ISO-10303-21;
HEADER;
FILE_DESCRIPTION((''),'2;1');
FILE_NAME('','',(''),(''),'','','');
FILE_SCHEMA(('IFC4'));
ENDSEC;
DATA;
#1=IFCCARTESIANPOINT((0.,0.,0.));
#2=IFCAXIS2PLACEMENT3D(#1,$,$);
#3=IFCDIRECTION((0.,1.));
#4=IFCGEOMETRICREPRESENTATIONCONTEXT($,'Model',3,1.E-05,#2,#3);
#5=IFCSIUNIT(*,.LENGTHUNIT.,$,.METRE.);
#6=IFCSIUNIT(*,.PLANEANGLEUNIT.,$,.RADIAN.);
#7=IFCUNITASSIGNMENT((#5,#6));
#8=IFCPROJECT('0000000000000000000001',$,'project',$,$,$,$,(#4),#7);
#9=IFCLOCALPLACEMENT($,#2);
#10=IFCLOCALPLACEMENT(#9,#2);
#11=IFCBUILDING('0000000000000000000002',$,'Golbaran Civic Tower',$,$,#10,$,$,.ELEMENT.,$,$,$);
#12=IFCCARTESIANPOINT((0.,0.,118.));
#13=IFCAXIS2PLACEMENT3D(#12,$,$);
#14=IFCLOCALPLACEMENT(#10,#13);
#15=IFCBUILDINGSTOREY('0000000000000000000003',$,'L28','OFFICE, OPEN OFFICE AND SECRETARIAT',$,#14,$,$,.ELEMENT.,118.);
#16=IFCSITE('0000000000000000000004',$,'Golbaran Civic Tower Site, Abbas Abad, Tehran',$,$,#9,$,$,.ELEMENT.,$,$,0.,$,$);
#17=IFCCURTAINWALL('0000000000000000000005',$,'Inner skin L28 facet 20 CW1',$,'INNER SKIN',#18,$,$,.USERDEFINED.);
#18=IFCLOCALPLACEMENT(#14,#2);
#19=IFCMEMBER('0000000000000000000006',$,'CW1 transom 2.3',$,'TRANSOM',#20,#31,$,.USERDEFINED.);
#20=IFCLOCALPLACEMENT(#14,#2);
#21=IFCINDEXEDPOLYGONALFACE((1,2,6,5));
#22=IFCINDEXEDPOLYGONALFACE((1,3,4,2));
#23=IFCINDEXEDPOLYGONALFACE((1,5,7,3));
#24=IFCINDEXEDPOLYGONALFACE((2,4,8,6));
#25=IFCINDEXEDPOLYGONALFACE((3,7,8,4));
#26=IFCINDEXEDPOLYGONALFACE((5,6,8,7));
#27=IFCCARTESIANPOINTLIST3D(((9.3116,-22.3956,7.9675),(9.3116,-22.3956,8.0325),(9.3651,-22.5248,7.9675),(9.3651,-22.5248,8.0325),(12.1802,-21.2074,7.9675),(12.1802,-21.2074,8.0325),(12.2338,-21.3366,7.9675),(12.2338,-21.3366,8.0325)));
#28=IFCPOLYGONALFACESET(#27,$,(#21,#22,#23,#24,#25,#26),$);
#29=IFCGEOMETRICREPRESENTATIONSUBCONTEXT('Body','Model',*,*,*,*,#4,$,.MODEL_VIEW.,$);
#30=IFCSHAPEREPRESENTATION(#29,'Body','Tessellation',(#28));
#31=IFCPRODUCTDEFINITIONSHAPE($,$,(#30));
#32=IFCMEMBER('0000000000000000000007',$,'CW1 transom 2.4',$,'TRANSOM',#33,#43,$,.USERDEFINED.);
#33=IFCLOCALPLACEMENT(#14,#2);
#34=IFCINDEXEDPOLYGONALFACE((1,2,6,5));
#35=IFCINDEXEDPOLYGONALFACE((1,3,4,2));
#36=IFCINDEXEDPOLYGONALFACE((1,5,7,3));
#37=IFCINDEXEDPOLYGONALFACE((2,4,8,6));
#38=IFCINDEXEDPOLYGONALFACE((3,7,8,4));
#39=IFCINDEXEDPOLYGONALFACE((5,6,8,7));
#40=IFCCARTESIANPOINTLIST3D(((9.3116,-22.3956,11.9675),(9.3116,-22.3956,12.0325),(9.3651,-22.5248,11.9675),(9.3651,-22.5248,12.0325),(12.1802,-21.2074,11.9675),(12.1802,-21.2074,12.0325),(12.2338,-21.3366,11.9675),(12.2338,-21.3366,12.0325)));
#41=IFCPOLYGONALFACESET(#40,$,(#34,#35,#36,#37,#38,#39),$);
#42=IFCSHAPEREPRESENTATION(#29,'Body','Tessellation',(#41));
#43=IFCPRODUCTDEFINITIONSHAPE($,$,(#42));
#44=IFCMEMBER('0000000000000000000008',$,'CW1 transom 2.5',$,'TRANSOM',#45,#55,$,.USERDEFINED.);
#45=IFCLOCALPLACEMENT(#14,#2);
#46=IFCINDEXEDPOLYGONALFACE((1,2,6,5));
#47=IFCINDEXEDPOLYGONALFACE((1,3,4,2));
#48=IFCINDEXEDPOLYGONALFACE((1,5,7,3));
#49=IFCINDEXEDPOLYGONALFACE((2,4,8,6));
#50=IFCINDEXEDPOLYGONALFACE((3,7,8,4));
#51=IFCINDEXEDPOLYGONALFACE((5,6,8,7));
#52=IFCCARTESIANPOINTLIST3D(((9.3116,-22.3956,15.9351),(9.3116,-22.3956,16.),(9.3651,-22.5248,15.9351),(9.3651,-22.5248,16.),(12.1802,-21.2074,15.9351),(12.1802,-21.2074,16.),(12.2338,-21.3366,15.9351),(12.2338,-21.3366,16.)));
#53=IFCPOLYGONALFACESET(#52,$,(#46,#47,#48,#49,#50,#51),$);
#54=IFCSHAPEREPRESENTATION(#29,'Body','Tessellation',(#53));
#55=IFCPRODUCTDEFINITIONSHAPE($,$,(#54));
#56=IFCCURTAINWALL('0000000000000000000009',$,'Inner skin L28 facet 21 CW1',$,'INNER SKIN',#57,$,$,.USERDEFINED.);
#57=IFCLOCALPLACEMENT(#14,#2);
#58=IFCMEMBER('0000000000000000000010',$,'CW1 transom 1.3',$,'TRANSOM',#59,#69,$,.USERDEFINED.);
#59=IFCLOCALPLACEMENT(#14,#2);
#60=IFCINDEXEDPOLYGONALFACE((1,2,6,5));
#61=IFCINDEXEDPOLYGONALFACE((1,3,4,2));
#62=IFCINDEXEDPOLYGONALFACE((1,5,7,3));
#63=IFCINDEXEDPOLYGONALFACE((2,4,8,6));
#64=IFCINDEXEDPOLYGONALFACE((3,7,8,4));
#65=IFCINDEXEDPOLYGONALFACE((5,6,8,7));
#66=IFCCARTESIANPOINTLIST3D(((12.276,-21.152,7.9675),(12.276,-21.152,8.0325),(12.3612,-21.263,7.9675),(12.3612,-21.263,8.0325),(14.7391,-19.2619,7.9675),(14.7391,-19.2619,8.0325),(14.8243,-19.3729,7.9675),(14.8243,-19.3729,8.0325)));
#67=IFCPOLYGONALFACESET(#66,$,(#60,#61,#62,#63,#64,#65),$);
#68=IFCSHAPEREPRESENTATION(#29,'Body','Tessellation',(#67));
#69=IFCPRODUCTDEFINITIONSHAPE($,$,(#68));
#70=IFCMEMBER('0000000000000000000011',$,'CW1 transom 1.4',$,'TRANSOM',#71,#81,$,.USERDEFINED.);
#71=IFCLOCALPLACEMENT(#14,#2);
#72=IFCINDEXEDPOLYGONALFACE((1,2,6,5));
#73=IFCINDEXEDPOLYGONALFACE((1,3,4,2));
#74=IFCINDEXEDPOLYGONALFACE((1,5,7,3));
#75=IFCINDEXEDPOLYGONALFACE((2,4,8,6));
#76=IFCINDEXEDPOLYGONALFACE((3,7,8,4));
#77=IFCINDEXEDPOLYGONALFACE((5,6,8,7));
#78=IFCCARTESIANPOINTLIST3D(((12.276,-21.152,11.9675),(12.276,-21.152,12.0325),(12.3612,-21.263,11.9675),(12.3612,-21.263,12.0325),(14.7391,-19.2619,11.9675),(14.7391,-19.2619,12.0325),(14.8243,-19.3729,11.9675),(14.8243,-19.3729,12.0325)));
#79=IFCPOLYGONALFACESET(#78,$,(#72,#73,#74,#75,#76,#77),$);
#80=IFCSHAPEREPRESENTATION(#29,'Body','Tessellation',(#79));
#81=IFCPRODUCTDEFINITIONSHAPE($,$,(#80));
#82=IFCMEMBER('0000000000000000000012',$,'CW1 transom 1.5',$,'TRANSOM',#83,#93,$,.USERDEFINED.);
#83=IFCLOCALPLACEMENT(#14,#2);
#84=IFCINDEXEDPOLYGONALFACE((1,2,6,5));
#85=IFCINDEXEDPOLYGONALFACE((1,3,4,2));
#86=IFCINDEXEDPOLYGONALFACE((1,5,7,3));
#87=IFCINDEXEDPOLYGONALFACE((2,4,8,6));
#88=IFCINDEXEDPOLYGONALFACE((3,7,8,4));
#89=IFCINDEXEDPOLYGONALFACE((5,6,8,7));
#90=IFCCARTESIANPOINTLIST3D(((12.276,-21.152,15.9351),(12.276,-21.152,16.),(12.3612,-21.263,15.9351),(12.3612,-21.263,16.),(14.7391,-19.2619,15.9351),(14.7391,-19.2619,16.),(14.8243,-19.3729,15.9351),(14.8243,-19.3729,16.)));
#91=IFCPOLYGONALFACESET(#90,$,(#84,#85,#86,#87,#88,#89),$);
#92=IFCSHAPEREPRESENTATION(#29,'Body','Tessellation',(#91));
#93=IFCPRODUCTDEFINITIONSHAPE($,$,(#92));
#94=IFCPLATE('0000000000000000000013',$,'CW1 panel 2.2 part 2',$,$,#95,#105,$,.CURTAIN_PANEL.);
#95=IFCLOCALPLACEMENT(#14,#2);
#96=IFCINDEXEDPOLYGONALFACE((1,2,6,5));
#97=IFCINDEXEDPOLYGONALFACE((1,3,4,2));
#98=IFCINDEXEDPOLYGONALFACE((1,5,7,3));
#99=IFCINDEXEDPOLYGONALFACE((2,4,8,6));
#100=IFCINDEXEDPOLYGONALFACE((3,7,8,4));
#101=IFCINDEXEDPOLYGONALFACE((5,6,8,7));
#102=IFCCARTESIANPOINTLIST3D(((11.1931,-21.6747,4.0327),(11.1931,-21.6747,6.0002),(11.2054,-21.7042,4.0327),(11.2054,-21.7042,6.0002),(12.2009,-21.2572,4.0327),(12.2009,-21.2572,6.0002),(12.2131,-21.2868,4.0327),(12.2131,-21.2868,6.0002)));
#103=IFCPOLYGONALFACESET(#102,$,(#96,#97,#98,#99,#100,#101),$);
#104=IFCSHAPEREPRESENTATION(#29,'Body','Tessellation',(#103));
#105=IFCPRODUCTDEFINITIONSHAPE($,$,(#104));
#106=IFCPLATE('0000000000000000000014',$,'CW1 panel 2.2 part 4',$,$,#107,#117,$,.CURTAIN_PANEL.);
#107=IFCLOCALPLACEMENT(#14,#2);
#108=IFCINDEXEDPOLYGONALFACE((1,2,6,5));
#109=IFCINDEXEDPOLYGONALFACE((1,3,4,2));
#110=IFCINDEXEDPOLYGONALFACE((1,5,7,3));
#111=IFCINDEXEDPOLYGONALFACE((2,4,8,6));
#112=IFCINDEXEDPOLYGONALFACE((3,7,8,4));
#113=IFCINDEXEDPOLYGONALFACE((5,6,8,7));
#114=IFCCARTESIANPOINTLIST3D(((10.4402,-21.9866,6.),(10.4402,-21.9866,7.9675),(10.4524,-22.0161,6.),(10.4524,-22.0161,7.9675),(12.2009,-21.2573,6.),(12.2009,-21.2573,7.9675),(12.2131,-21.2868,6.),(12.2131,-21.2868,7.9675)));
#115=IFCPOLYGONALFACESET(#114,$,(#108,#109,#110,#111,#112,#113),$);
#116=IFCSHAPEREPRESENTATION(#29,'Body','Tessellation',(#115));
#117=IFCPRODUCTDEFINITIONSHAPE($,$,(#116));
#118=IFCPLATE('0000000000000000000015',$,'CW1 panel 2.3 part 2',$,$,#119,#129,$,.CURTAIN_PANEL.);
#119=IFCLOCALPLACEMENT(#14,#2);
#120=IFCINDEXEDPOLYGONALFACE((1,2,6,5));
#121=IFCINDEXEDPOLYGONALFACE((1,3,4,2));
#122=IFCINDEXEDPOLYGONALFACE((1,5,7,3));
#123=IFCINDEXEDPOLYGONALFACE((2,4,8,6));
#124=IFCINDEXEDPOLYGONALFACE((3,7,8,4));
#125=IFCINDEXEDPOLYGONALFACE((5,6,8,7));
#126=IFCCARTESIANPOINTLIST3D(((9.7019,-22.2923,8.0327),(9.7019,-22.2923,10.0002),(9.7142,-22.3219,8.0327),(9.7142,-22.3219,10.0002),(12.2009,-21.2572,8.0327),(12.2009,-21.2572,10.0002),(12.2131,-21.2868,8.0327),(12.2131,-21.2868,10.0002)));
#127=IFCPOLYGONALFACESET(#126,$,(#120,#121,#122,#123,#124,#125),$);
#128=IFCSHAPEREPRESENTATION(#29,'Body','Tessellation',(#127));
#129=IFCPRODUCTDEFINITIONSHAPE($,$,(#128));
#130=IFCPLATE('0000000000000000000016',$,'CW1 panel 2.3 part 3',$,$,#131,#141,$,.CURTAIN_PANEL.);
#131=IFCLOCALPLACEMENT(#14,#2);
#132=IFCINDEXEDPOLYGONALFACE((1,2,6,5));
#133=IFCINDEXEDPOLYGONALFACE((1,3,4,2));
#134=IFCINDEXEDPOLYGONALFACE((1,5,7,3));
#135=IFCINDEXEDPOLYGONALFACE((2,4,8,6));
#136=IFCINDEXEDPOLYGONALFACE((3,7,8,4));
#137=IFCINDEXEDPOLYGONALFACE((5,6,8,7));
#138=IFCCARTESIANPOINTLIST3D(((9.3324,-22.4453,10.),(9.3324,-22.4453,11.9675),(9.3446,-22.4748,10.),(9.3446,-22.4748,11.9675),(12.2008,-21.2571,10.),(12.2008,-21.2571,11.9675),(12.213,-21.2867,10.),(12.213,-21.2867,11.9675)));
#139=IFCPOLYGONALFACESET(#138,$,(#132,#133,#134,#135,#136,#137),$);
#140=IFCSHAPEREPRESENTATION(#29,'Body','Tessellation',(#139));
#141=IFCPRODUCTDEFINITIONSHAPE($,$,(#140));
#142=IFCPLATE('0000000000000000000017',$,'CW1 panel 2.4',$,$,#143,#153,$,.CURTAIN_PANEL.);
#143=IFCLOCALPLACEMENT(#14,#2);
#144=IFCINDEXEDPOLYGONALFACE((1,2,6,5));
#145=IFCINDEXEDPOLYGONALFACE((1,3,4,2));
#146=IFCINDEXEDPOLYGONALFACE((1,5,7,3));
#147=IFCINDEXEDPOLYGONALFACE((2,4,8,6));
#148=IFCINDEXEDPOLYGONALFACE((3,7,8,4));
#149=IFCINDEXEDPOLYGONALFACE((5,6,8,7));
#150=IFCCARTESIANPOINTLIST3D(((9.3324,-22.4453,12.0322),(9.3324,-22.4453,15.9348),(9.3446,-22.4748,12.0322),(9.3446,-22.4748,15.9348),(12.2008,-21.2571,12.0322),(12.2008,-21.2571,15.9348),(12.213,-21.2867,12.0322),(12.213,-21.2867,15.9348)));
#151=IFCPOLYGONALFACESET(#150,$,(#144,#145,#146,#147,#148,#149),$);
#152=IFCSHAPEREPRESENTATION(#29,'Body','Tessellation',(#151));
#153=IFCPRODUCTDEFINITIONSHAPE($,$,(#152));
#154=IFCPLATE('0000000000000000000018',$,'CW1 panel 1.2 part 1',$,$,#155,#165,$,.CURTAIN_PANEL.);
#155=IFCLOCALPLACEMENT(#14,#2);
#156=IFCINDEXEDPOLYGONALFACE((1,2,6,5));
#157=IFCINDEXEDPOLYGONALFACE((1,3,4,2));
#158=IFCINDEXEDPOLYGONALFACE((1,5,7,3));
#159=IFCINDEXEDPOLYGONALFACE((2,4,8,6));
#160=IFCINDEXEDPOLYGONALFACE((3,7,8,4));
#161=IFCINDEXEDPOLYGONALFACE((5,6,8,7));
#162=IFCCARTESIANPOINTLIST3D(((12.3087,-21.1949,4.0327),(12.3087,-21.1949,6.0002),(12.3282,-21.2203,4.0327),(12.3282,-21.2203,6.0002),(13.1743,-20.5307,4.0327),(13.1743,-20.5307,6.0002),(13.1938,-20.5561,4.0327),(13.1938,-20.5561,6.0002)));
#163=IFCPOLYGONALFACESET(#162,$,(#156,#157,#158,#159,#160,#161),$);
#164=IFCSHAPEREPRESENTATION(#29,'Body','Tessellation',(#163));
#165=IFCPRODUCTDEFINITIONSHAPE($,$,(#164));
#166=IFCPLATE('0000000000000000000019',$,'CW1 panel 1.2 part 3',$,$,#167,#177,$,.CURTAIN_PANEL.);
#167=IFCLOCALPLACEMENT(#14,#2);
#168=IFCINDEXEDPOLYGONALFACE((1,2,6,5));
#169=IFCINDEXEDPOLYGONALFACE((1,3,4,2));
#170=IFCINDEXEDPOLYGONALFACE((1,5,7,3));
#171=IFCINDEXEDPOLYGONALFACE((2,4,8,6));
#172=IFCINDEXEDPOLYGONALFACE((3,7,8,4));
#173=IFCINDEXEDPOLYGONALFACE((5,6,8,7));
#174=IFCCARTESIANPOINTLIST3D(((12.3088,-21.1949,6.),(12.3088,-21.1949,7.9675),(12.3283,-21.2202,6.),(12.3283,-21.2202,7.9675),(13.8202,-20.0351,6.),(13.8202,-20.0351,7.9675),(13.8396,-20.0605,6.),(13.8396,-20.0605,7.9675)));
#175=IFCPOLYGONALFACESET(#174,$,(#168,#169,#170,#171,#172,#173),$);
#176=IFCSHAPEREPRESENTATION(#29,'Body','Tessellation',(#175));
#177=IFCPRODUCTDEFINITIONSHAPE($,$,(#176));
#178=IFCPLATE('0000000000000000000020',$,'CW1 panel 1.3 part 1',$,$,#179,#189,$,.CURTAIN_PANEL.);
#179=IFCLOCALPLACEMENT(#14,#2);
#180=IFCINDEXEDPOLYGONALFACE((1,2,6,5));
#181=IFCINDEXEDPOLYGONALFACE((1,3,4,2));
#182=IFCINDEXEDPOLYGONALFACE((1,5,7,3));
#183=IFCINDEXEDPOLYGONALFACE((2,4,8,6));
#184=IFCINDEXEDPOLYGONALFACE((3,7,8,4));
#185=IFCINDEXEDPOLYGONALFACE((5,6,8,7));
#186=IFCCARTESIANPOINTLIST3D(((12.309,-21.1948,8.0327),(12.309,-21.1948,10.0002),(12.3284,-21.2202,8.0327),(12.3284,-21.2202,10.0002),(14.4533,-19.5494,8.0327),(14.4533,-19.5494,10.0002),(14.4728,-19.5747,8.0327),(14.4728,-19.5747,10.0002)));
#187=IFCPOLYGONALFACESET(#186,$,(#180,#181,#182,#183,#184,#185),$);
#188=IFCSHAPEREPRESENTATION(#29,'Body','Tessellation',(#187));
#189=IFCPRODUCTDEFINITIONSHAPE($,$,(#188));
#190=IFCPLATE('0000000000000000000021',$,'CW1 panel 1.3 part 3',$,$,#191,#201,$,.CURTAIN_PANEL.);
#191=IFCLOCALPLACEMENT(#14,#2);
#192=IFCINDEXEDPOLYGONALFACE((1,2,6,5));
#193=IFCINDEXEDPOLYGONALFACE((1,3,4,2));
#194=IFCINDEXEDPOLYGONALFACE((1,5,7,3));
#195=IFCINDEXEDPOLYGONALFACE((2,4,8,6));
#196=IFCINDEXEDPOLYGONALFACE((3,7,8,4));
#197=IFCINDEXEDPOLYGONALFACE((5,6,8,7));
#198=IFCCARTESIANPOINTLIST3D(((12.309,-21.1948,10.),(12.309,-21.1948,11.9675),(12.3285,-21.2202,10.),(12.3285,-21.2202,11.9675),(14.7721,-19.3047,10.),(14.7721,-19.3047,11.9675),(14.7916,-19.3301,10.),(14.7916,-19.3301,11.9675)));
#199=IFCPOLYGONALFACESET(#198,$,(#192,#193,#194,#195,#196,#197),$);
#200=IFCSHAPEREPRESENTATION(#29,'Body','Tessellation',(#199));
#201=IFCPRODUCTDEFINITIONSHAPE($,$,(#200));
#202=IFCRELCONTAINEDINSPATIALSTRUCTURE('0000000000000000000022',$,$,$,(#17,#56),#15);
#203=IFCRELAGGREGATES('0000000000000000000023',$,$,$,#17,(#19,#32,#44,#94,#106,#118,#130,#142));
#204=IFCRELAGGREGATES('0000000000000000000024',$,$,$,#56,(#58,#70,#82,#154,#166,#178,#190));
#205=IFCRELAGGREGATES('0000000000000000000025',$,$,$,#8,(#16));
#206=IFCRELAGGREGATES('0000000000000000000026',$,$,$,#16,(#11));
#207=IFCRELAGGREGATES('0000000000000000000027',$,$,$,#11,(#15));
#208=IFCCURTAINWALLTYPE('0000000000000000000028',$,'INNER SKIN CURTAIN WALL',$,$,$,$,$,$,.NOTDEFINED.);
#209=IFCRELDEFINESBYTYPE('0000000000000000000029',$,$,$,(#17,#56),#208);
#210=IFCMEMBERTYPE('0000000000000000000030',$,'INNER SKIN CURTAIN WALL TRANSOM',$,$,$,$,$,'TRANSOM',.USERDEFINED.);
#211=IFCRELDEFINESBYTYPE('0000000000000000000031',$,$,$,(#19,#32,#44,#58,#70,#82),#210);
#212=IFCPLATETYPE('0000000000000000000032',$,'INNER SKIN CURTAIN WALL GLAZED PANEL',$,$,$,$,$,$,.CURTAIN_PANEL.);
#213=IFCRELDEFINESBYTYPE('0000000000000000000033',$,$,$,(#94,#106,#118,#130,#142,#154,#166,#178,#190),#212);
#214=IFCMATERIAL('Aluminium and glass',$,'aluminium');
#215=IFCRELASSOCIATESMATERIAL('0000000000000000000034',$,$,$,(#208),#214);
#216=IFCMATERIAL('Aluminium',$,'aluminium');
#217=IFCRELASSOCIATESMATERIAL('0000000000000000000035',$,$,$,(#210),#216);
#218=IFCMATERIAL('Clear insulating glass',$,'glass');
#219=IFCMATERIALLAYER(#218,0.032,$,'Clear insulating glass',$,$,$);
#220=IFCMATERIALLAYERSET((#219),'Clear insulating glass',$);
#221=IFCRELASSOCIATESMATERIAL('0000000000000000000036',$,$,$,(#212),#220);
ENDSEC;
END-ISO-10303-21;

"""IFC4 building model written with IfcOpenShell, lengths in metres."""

from ifc_helpers import new_model, si_unit, direction, frame, origin, origin_2d, place, context, subcontext, project, spatial, rectangle, extrude, material, layer, layer_set, material_profile, profile_set, type_object, element, aggregate, save


model = new_model("IFC4")

# Units and contexts
model_context = context("Model", 3, precision=1e-05, world=origin(), true_north=direction((0.0, 1.0)))
body_context = subcontext(model_context, "Body", "Model", "MODEL_VIEW")
ifc_project = project(units=[si_unit("LENGTHUNIT", "METRE"), si_unit("PLANEANGLEUNIT", "RADIAN")], contexts=[model_context])

# Site, building, storey
site_placement = place(None, origin())
site = spatial("IfcSite", under=ifc_project, at=site_placement, Name="Golbaran Civic Tower Site, Abbas Abad, Tehran", CompositionType="ELEMENT", RefElevation=0.0)
building_placement = place(site_placement, origin())
building = spatial("IfcBuilding", under=site, at=building_placement, Name="Golbaran Civic Tower", CompositionType="ELEMENT")
storey_placement = place(building_placement, frame((0.0, 0.0, 118.0)))
storey = spatial("IfcBuildingStorey", under=building, at=storey_placement, Name="L28", Description="OFFICE, OPEN OFFICE AND SECRETARIAT", CompositionType="ELEMENT", Elevation=118.0)

# Curtain walls, members
ifc_material_1 = material(Name="Aluminium and glass", Category="aluminium")
curtain_wall_type = type_object("IfcCurtainWallType", Name="INNER SKIN CURTAIN WALL", PredefinedType="NOTDEFINED", material=ifc_material_1)
curtain_wall_1_placement = place(storey_placement, origin())
curtain_wall_1 = element("IfcCurtainWall", 1, at=curtain_wall_1_placement, inside=storey, type_object=curtain_wall_type, Name="Inner skin L28 facet 20 CW1", ObjectType="INNER SKIN", PredefinedType="USERDEFINED")
ifc_material_2 = material(Name="Aluminium", Category="aluminium")
ifc_material_profile = material_profile(ifc_material_2, rectangle(XDim=0.1399, YDim=0.0649, at=origin_2d()), Name="INNER SKIN CURTAIN WALL TRANSOM")
ifc_profile_set = profile_set([ifc_material_profile], Name="Aluminium")
member_type = type_object("IfcMemberType", Name="INNER SKIN CURTAIN WALL TRANSOM", ElementType="TRANSOM", PredefinedType="USERDEFINED", material=ifc_profile_set)
member_1_placement = place(storey_placement, frame((9.3384, -22.4602, 8.0), z_axis=(0.92388, 0.382683, 0.0), x_axis=(-0.382683, 0.92388, 0.0)))
member_1 = element("IfcMember", 2, at=member_1_placement, type_object=member_type, Name="CW1 transom 2.3", ObjectType="TRANSOM", PredefinedType="USERDEFINED", context=body_context, shape_type="SweptSolid", body=[
    extrude(rectangle(XDim=0.1399, YDim=0.0649, at=origin_2d()), origin(), (0.0, 0.0, 1.0), 3.105),
])
member_2_placement = place(storey_placement, frame((9.3384, -22.4602, 12.0), z_axis=(0.92388, 0.382683, 0.0), x_axis=(-0.382683, 0.92388, 0.0)))
member_2 = element("IfcMember", 3, at=member_2_placement, type_object=member_type, Name="CW1 transom 2.4", ObjectType="TRANSOM", PredefinedType="USERDEFINED", context=body_context, shape_type="SweptSolid", body=[
    extrude(rectangle(XDim=0.1399, YDim=0.0649, at=origin_2d()), origin(), (0.0, 0.0, 1.0), 3.105),
])
member_3_placement = place(storey_placement, frame((9.3384, -22.4602, 15.9675), z_axis=(0.92388, 0.382683, 0.0), x_axis=(-0.382683, 0.92388, 0.0)))
member_3 = element("IfcMember", 4, at=member_3_placement, type_object=member_type, Name="CW1 transom 2.5", ObjectType="TRANSOM", PredefinedType="USERDEFINED", context=body_context, shape_type="SweptSolid", body=[
    extrude(rectangle(XDim=0.1399, YDim=0.0649, at=origin_2d()), origin(), (0.0, 0.0, 1.0), 3.105),
])
curtain_wall_2_placement = place(storey_placement, origin())
curtain_wall_2 = element("IfcCurtainWall", 5, at=curtain_wall_2_placement, inside=storey, type_object=curtain_wall_type, Name="Inner skin L28 facet 21 CW1", ObjectType="INNER SKIN", PredefinedType="USERDEFINED")
member_4_placement = place(storey_placement, frame((12.3186, -21.2075, 8.0), z_axis=(0.793337, 0.608783, 0.0), x_axis=(-0.608783, 0.793337, 0.0)))
member_4 = element("IfcMember", 6, at=member_4_placement, type_object=member_type, Name="CW1 transom 1.3", ObjectType="TRANSOM", PredefinedType="USERDEFINED", context=body_context, shape_type="SweptSolid", body=[
    extrude(rectangle(XDim=0.1399, YDim=0.0649, at=origin_2d()), origin(), (0.0, 0.0, 1.0), 3.1047),
])
member_5_placement = place(storey_placement, frame((12.3186, -21.2075, 12.0), z_axis=(0.793337, 0.608783, 0.0), x_axis=(-0.608783, 0.793337, 0.0)))
member_5 = element("IfcMember", 7, at=member_5_placement, type_object=member_type, Name="CW1 transom 1.4", ObjectType="TRANSOM", PredefinedType="USERDEFINED", context=body_context, shape_type="SweptSolid", body=[
    extrude(rectangle(XDim=0.1399, YDim=0.0649, at=origin_2d()), origin(), (0.0, 0.0, 1.0), 3.1047),
])
member_6_placement = place(storey_placement, frame((12.3186, -21.2075, 15.9675), z_axis=(0.793337, 0.608783, 0.0), x_axis=(-0.608783, 0.793337, 0.0)))
member_6 = element("IfcMember", 8, at=member_6_placement, type_object=member_type, Name="CW1 transom 1.5", ObjectType="TRANSOM", PredefinedType="USERDEFINED", context=body_context, shape_type="SweptSolid", body=[
    extrude(rectangle(XDim=0.1399, YDim=0.0649, at=origin_2d()), origin(), (0.0, 0.0, 1.0), 3.1047),
])

# Plates
ifc_material_3 = material(Name="Clear insulating glass", Category="glass")
ifc_layer_1 = layer(ifc_material_3, 0.032, Name="Clear insulating glass")
ifc_layer_set_1 = layer_set([ifc_layer_1], Name="Clear insulating glass")
plate_type_1 = type_object("IfcPlateType", Name="INNER SKIN CURTAIN WALL GLAZED PANEL", PredefinedType="CURTAIN_PANEL", material=ifc_layer_set_1)
plate_1_placement = place(storey_placement, frame((11.7031, -21.4807, 4.0327), z_axis=(0.0, 0.0, 1.0), x_axis=(0.92388, 0.382683, 0.0)))
plate_1 = element("IfcPlate", 9, at=plate_1_placement, type_object=plate_type_1, Name="CW1 panel 2.2 part 2", PredefinedType="CURTAIN_PANEL", context=body_context, shape_type="SweptSolid", body=[
    extrude(rectangle(XDim=1.0908, YDim=0.032, at=origin_2d()), origin(), (0.0, 0.0, 1.0), 1.9675),
])
plate_2_placement = place(storey_placement, frame((11.3267, -21.6367, 6.0), z_axis=(0.0, 0.0, 1.0), x_axis=(0.92388, 0.382683, 0.0)))
plate_2 = element("IfcPlate", 10, at=plate_2_placement, type_object=plate_type_1, Name="CW1 panel 2.2 part 4", PredefinedType="CURTAIN_PANEL", context=body_context, shape_type="SweptSolid", body=[
    extrude(rectangle(XDim=1.9058, YDim=0.032, at=origin_2d()), origin(), (0.0, 0.0, 1.0), 1.9675),
])
plate_3_placement = place(storey_placement, frame((10.9575, -21.7896, 8.0327), z_axis=(0.0, 0.0, 1.0), x_axis=(0.92388, 0.382683, 0.0)))
plate_3 = element("IfcPlate", 11, at=plate_3_placement, type_object=plate_type_1, Name="CW1 panel 2.3 part 2", PredefinedType="CURTAIN_PANEL", context=body_context, shape_type="SweptSolid", body=[
    extrude(rectangle(XDim=2.7048, YDim=0.032, at=origin_2d()), origin(), (0.0, 0.0, 1.0), 1.9675),
])
plate_4_placement = place(storey_placement, frame((10.7727, -21.866, 10.0), z_axis=(0.0, 0.0, 1.0), x_axis=(0.92388, 0.382683, 0.0)))
plate_4 = element("IfcPlate", 12, at=plate_4_placement, type_object=plate_type_1, Name="CW1 panel 2.3 part 3", PredefinedType="CURTAIN_PANEL", context=body_context, shape_type="SweptSolid", body=[
    extrude(rectangle(XDim=3.1047, YDim=0.032, at=origin_2d()), origin(), (0.0, 0.0, 1.0), 1.9675),
])
plate_5_placement = place(storey_placement, frame((10.7727, -21.866, 12.0322), z_axis=(0.0, 0.0, 1.0), x_axis=(0.92388, 0.382683, 0.0)))
plate_5 = element("IfcPlate", 13, at=plate_5_placement, type_object=plate_type_1, Name="CW1 panel 2.4", PredefinedType="CURTAIN_PANEL", context=body_context, shape_type="SweptSolid", body=[
    extrude(rectangle(XDim=3.1047, YDim=0.032, at=origin_2d()), origin(), (0.0, 0.0, 1.0), 3.9026),
])
plate_6_placement = place(storey_placement, frame((12.7512, -20.8755, 4.0327), z_axis=(0.0, 0.0, 1.0), x_axis=(0.793353, 0.608761, 0.0)))
plate_6 = element("IfcPlate", 14, at=plate_6_placement, type_object=plate_type_1, Name="CW1 panel 1.2 part 1", PredefinedType="CURTAIN_PANEL", context=body_context, shape_type="SweptSolid", body=[
    extrude(rectangle(XDim=1.0911, YDim=0.032, at=origin_2d()), origin(), (0.0, 0.0, 1.0), 1.9675),
])
plate_7_placement = place(storey_placement, frame((13.0742, -20.6277, 6.0), z_axis=(0.0, 0.0, 1.0), x_axis=(0.793353, 0.608761, 0.0)))
plate_7 = element("IfcPlate", 15, at=plate_7_placement, type_object=plate_type_1, Name="CW1 panel 1.2 part 3", PredefinedType="CURTAIN_PANEL", context=body_context, shape_type="SweptSolid", body=[
    extrude(rectangle(XDim=1.905, YDim=0.032, at=origin_2d()), origin(), (0.0, 0.0, 1.0), 1.9675),
])
plate_8_placement = place(storey_placement, frame((13.3909, -20.3848, 8.0327), z_axis=(0.0, 0.0, 1.0), x_axis=(0.793353, 0.608761, 0.0)))
plate_8 = element("IfcPlate", 16, at=plate_8_placement, type_object=plate_type_1, Name="CW1 panel 1.3 part 1", PredefinedType="CURTAIN_PANEL", context=body_context, shape_type="SweptSolid", body=[
    extrude(rectangle(XDim=2.7029, YDim=0.032, at=origin_2d()), origin(), (0.0, 0.0, 1.0), 1.9675),
])
plate_9_placement = place(storey_placement, frame((13.5503, -20.2625, 10.0), z_axis=(0.0, 0.0, 1.0), x_axis=(0.793353, 0.608761, 0.0)))
plate_9 = element("IfcPlate", 17, at=plate_9_placement, type_object=plate_type_1, Name="CW1 panel 1.3 part 3", PredefinedType="CURTAIN_PANEL", context=body_context, shape_type="SweptSolid", body=[
    extrude(rectangle(XDim=3.1047, YDim=0.032, at=origin_2d()), origin(), (0.0, 0.0, 1.0), 1.9675),
])
aggregate(curtain_wall_1, [member_1, member_2, member_3, plate_1, plate_2, plate_3, plate_4, plate_5])
aggregate(curtain_wall_2, [member_4, member_5, member_6, plate_6, plate_7, plate_8, plate_9])

save(model, "model.ifc")
